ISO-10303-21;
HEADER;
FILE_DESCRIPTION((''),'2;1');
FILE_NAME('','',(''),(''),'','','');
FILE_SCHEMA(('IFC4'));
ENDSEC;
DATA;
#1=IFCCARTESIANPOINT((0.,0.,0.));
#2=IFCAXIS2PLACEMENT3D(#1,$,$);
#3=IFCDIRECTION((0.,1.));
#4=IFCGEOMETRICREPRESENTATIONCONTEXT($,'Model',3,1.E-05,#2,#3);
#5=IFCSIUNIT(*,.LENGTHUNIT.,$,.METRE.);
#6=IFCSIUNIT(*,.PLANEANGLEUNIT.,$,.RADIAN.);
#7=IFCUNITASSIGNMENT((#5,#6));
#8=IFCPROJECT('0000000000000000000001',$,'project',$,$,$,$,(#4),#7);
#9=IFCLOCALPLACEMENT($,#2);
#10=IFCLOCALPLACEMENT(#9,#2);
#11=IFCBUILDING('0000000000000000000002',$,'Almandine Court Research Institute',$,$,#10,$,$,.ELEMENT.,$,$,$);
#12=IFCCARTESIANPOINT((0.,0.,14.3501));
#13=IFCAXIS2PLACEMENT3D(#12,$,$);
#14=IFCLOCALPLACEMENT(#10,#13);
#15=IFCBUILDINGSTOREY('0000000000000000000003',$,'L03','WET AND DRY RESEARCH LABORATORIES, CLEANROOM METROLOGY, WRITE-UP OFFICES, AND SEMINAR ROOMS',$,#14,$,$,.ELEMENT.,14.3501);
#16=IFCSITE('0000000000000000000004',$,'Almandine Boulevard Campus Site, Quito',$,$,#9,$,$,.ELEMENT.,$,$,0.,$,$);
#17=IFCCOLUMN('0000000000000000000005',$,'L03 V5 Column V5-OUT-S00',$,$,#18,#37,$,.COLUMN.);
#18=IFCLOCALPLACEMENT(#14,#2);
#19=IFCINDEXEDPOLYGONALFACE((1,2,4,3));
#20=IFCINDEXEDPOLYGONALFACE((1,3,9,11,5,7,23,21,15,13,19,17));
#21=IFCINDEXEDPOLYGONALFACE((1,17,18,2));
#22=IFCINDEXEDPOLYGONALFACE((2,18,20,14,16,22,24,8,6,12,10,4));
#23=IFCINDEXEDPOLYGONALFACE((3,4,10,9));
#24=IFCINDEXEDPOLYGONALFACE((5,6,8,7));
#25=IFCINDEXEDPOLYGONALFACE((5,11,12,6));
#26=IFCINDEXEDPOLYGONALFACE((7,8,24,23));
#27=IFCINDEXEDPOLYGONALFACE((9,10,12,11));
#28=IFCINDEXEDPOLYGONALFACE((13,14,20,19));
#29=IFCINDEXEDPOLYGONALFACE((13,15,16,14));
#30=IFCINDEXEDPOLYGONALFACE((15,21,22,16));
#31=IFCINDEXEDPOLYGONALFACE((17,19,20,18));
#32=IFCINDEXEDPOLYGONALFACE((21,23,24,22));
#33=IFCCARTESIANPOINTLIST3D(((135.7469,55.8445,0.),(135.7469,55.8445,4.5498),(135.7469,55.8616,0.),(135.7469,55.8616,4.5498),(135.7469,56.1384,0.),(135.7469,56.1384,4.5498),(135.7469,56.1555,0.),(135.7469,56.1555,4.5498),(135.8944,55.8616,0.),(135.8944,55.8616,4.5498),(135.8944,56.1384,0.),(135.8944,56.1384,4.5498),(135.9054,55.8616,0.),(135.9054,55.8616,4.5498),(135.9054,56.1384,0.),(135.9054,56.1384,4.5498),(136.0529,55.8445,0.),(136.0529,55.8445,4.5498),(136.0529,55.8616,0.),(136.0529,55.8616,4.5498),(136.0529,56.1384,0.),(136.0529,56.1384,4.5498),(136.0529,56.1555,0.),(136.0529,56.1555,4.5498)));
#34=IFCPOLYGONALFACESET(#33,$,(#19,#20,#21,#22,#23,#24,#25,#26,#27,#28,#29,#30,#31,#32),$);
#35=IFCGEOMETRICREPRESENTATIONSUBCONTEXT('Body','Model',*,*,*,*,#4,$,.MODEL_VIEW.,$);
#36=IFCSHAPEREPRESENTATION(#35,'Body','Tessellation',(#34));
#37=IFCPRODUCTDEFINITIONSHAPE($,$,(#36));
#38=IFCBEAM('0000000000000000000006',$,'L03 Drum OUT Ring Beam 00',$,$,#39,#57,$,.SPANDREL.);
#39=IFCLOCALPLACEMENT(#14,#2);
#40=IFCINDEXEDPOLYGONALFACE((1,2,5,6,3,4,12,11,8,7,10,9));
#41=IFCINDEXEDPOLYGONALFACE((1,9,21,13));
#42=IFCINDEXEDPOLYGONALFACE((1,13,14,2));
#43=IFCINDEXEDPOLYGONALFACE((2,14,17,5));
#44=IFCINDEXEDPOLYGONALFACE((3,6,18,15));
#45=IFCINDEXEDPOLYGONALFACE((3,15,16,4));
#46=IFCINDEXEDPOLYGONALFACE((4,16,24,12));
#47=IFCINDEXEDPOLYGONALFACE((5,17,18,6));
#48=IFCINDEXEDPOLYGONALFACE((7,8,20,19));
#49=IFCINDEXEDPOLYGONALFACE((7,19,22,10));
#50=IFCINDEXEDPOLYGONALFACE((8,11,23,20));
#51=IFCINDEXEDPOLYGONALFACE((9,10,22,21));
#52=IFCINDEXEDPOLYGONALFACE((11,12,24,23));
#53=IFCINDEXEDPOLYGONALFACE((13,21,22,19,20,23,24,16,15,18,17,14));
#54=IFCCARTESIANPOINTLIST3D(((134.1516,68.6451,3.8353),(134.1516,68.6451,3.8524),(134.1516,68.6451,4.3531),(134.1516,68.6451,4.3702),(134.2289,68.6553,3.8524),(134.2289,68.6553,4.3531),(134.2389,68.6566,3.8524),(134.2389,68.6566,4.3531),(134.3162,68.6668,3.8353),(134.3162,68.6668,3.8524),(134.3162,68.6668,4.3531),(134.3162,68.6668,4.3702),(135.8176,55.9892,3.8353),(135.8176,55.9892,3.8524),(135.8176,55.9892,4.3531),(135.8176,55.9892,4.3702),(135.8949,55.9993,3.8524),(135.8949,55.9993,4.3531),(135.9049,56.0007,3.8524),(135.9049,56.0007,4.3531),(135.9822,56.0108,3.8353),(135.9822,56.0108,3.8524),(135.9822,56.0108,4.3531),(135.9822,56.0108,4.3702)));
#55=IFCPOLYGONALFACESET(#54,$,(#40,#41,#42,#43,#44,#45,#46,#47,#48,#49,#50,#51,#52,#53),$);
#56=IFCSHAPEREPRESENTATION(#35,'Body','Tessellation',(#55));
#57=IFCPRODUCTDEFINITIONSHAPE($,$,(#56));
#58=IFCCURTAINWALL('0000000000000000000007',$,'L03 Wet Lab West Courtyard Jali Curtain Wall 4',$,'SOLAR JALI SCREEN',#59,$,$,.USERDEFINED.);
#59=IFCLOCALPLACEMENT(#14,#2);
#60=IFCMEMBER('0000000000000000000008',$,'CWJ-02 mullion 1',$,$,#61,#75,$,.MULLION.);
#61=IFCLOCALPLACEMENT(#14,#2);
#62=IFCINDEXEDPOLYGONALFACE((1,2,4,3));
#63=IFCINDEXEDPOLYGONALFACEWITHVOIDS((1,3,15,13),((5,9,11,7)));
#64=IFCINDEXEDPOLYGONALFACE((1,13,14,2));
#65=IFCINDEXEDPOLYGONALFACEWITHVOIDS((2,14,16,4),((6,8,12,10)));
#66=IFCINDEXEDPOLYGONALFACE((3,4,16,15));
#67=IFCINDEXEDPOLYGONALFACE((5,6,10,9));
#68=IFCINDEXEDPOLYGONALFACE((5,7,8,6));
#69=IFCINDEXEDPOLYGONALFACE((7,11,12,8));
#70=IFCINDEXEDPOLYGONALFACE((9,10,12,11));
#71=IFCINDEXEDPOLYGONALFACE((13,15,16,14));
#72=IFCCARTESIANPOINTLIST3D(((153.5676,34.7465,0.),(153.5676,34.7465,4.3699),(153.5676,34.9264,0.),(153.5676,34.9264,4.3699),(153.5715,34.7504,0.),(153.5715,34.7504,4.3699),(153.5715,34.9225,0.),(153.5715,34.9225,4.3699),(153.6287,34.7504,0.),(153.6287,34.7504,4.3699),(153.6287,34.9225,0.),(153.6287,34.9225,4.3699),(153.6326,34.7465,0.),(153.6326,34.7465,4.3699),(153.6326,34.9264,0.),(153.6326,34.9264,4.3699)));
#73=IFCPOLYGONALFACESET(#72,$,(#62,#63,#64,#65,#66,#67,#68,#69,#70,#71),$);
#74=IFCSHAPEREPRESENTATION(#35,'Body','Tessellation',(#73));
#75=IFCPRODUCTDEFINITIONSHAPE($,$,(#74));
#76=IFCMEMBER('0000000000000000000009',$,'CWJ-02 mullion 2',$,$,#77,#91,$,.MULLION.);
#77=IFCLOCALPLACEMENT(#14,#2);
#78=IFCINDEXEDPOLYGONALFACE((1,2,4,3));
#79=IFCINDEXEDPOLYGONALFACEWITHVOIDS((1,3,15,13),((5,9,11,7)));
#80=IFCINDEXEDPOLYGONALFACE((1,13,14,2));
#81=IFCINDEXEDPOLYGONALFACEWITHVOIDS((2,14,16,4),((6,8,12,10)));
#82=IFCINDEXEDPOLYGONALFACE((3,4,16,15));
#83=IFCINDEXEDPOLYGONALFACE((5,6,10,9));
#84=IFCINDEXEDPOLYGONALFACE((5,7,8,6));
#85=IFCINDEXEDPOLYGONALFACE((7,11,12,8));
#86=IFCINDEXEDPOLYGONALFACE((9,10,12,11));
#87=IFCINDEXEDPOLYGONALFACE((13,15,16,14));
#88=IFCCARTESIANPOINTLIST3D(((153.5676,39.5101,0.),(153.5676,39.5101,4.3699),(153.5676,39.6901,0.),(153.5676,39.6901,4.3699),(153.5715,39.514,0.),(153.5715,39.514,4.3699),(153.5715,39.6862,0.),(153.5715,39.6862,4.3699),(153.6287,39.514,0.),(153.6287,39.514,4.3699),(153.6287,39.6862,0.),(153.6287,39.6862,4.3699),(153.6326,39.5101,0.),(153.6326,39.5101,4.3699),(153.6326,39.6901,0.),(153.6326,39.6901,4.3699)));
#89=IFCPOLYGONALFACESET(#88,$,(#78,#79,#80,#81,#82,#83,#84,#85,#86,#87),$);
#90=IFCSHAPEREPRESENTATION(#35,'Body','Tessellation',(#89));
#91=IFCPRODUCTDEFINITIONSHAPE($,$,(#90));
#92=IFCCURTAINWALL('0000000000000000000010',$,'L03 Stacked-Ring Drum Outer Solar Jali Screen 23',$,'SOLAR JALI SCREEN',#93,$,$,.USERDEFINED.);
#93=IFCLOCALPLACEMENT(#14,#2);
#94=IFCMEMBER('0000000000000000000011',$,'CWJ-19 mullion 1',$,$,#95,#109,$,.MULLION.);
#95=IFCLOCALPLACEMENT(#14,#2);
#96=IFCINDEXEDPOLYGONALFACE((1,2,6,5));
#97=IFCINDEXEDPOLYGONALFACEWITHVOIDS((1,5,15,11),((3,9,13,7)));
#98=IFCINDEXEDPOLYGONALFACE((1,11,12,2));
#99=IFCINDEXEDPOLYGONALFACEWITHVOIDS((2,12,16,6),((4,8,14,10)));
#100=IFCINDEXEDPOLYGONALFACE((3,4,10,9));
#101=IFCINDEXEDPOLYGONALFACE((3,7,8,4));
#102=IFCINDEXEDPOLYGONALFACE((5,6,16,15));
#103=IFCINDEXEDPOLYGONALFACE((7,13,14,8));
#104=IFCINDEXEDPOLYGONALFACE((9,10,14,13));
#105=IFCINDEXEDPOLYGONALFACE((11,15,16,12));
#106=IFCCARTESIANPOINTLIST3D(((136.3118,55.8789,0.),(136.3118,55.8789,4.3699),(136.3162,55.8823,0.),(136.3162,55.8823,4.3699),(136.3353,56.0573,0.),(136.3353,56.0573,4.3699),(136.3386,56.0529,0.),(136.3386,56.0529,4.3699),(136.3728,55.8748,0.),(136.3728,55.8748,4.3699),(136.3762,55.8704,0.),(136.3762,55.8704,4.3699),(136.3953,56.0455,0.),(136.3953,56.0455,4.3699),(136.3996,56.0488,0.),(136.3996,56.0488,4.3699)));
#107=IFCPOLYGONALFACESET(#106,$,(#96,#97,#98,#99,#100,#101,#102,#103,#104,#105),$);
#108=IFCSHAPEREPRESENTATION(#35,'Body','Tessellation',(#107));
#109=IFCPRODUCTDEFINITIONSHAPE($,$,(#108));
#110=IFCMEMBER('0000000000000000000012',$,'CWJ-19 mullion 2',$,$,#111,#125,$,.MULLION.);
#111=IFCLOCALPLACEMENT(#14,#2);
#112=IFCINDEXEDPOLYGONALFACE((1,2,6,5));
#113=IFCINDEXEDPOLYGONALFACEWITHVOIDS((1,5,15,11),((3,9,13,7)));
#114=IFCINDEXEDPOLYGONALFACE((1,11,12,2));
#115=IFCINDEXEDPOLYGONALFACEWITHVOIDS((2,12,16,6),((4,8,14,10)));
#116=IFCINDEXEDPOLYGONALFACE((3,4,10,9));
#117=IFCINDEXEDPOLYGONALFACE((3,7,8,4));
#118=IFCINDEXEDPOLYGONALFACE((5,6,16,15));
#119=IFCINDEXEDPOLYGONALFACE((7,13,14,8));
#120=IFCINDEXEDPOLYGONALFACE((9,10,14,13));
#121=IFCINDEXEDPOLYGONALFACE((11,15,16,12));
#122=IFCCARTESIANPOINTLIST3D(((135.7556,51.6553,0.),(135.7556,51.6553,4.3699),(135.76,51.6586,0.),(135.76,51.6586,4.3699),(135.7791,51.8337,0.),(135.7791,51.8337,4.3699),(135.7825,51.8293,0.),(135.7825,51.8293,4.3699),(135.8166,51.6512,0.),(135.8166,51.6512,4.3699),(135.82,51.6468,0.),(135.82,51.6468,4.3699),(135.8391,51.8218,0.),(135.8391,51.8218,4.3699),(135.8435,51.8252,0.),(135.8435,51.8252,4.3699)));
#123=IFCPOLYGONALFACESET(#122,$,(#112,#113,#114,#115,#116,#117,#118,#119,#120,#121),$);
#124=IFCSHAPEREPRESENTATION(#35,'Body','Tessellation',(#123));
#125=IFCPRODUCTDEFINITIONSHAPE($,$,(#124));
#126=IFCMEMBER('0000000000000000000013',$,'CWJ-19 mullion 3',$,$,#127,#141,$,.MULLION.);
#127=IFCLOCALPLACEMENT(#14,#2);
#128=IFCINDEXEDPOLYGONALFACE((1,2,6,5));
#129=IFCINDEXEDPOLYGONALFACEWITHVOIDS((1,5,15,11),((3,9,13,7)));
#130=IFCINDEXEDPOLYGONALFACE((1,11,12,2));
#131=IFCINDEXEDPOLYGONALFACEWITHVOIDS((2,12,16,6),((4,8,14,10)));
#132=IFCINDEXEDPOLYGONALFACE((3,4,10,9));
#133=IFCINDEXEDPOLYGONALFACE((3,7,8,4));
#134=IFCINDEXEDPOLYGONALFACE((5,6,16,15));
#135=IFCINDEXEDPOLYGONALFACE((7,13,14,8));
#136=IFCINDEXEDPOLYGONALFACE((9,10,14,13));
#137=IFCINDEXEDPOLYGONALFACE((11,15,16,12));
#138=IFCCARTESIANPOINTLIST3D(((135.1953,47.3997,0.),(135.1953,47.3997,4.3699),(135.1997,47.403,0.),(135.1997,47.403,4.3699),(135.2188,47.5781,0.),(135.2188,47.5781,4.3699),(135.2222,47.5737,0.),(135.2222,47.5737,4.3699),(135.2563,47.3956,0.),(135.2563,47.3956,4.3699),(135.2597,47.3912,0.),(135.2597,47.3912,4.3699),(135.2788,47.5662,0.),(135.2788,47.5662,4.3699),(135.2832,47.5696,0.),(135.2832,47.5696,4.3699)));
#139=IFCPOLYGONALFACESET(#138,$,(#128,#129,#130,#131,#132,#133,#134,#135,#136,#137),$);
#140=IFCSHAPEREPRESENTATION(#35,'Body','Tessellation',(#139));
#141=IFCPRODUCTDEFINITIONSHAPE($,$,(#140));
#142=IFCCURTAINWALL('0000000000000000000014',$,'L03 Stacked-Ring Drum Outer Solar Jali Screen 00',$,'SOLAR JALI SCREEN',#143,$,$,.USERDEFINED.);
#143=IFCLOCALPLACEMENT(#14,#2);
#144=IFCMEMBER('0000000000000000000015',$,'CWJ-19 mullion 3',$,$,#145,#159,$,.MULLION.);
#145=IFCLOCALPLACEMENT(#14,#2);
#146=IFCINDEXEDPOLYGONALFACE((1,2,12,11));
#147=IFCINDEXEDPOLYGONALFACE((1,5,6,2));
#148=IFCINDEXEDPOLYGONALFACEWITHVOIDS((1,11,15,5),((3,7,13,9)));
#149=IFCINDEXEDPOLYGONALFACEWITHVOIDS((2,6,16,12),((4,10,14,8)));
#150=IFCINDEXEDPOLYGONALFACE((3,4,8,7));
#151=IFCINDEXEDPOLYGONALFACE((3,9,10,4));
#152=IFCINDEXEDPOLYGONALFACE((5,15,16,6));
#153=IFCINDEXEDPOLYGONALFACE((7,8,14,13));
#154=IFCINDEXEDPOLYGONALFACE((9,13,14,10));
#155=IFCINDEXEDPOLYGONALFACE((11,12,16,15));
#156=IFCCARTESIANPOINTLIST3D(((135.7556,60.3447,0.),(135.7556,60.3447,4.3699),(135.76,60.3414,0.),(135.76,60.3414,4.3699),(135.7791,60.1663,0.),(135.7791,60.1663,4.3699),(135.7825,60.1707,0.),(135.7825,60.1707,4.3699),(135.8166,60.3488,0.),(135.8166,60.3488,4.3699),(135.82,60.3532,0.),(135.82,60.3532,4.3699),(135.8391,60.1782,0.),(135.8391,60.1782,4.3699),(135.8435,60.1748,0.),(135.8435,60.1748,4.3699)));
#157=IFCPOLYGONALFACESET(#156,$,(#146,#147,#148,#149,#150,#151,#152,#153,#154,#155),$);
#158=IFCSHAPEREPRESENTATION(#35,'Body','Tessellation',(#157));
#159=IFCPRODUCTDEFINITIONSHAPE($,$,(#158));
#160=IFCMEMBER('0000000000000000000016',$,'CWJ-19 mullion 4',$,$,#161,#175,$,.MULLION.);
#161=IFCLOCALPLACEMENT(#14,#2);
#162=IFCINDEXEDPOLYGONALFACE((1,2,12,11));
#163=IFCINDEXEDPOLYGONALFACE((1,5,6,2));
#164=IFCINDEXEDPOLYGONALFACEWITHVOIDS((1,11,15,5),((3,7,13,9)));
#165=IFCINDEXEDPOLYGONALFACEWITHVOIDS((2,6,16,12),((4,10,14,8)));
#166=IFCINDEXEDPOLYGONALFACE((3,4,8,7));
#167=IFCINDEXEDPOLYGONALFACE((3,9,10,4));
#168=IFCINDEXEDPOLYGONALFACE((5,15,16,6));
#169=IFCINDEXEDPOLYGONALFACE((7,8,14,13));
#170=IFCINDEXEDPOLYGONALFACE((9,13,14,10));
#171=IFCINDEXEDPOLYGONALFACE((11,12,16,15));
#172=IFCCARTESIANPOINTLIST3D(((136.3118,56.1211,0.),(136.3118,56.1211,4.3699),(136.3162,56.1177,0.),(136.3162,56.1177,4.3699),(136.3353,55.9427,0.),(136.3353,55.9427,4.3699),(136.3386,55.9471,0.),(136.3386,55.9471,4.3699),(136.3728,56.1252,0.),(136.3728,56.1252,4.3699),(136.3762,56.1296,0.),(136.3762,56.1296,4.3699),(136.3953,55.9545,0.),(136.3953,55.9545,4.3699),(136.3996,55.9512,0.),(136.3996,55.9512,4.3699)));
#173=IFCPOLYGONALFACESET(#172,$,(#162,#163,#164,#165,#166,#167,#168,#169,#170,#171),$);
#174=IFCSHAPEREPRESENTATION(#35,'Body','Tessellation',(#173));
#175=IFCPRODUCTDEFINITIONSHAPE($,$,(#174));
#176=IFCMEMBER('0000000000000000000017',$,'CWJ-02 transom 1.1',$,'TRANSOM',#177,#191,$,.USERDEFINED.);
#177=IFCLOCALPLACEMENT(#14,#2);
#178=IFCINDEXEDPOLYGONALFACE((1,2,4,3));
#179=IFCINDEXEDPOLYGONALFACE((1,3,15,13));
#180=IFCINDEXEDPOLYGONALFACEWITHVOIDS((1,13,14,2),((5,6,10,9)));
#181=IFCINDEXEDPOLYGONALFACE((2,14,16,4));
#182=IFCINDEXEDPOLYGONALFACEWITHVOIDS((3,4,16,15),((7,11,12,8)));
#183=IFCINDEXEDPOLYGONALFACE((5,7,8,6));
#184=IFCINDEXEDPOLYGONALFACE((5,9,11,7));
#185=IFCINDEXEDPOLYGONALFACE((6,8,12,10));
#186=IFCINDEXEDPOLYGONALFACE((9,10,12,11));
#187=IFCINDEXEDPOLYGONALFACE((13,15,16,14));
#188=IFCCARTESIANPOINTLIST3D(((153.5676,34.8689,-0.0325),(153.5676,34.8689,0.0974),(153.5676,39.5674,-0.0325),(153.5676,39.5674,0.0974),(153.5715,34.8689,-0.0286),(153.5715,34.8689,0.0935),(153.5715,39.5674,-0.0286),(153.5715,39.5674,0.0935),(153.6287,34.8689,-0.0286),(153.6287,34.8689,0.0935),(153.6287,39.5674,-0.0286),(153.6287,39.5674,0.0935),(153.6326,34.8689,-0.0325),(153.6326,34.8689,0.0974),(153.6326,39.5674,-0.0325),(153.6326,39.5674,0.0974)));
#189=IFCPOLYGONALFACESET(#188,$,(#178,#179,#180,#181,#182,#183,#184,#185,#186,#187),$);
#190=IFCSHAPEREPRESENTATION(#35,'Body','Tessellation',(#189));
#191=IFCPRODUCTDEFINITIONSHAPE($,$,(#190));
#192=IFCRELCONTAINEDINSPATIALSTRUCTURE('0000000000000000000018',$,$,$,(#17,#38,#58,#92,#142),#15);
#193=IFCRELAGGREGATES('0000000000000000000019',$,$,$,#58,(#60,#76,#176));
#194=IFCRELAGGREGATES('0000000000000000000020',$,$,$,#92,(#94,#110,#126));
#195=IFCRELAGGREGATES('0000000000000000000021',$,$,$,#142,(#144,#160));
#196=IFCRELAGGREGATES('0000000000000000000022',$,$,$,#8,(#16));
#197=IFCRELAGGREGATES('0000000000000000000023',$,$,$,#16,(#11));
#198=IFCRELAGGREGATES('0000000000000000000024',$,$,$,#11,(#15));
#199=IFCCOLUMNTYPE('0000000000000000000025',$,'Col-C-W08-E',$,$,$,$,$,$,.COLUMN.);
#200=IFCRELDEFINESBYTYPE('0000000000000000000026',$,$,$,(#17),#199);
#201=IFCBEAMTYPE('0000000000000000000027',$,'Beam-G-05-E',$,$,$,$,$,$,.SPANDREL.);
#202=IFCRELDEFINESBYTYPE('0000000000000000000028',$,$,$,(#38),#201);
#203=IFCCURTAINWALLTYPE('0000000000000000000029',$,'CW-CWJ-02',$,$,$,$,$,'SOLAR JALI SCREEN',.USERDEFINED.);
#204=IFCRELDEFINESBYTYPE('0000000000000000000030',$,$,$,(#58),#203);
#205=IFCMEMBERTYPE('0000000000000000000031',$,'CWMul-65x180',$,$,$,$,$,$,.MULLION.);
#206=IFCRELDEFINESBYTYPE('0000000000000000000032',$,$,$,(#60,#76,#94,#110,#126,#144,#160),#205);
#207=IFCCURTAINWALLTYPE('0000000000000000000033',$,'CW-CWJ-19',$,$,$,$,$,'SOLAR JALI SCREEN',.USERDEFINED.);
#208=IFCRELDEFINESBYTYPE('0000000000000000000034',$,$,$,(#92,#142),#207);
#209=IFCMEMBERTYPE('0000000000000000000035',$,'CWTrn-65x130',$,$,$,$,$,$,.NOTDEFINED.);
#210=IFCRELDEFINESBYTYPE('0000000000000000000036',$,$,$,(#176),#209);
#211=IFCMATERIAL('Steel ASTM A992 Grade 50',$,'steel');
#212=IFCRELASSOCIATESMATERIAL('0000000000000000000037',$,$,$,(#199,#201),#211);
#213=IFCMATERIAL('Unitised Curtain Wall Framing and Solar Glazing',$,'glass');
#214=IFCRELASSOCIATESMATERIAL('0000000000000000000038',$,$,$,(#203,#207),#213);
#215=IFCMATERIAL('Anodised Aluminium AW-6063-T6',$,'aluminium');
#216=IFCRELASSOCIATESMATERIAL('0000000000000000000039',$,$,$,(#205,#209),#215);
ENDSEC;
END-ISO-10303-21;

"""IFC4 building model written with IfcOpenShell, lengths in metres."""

from ifc_helpers import new_model, si_unit, direction, frame, origin, origin_2d, place, context, subcontext, project, spatial, hollow_rectangle, i_section, extrude, material, material_profile, profile_set, type_object, element, aggregate, save


model = new_model("IFC4")

# Units and contexts
model_context = context("Model", 3, precision=1e-05, world=origin(), true_north=direction((0.0, 1.0)))
body_context = subcontext(model_context, "Body", "Model", "MODEL_VIEW")
ifc_project = project(units=[si_unit("LENGTHUNIT", "METRE"), si_unit("PLANEANGLEUNIT", "RADIAN")], contexts=[model_context])

# Site, building, storey
site_placement = place(None, origin())
site = spatial("IfcSite", under=ifc_project, at=site_placement, Name="Almandine Boulevard Campus Site, Quito", CompositionType="ELEMENT", RefElevation=0.0)
building_placement = place(site_placement, origin())
building = spatial("IfcBuilding", under=site, at=building_placement, Name="Almandine Court Research Institute", CompositionType="ELEMENT")
storey_placement = place(building_placement, frame((0.0, 0.0, 14.3501)))
storey = spatial("IfcBuildingStorey", under=building, at=storey_placement, Name="L03", Description="WET AND DRY RESEARCH LABORATORIES, CLEANROOM METROLOGY, WRITE-UP OFFICES, AND SEMINAR ROOMS", CompositionType="ELEMENT", Elevation=14.3501)

# Column
ifc_material_1 = material(Name="Steel ASTM A992 Grade 50", Category="steel")
ifc_material_profile_1 = material_profile(ifc_material_1, i_section(OverallWidth=0.3059, OverallDepth=0.311, WebThickness=0.011, FlangeThickness=0.0171, at=origin_2d()), Name="W310x107")
ifc_profile_set_1 = profile_set([ifc_material_profile_1], Name="Steel ASTM A992 Grade 50")
column_type = type_object("IfcColumnType", Name="Col-C-W08-E", PredefinedType="COLUMN", material=ifc_profile_set_1)
column_placement = place(storey_placement, frame((135.8999, 56.0, 0.0), z_axis=(0.0, 0.0, 1.0), x_axis=(1.0, 0.0, 0.0)))
element("IfcColumn", 1, at=column_placement, inside=storey, type_object=column_type, Name="L03 V5 Column V5-OUT-S00", PredefinedType="COLUMN", context=body_context, shape_type="SweptSolid", body=[
    extrude(i_section(OverallWidth=0.3059, OverallDepth=0.311, WebThickness=0.011, FlangeThickness=0.0171, at=origin_2d()), origin(), (0.0, 0.0, 1.0), 4.5498),
])

# Beam
ifc_material_profile_2 = material_profile(ifc_material_1, i_section(OverallWidth=0.166, OverallDepth=0.5349, WebThickness=0.01, FlangeThickness=0.0171, at=origin_2d()), Name="W530x85")
ifc_profile_set_2 = profile_set([ifc_material_profile_2], Name="Steel ASTM A992 Grade 50")
beam_type = type_object("IfcBeamType", Name="Beam-G-05-E", PredefinedType="SPANDREL", material=ifc_profile_set_2)
beam_placement = place(storey_placement, frame((135.8999, 56.0, 4.1028), z_axis=(-0.130512, 0.991447, 0.0), x_axis=(-0.991447, -0.130512, 0.0)))
element("IfcBeam", 2, at=beam_placement, inside=storey, type_object=beam_type, Name="L03 Drum OUT Ring Beam 00", PredefinedType="SPANDREL", context=body_context, shape_type="SweptSolid", body=[
    extrude(i_section(OverallWidth=0.166, OverallDepth=0.5349, WebThickness=0.01, FlangeThickness=0.0171, at=origin_2d()), origin(), (0.0, 0.0, 1.0), 12.7651),
])

# Curtain walls, members
ifc_material_2 = material(Name="Unitised Curtain Wall Framing and Solar Glazing", Category="glass")
curtain_wall_type_1 = type_object("IfcCurtainWallType", Name="CW-CWJ-02", ElementType="SOLAR JALI SCREEN", PredefinedType="USERDEFINED", material=ifc_material_2)
curtain_wall_1_placement = place(storey_placement, origin())
curtain_wall_1 = element("IfcCurtainWall", 3, at=curtain_wall_1_placement, inside=storey, type_object=curtain_wall_type_1, Name="L03 Wet Lab West Courtyard Jali Curtain Wall 4", ObjectType="SOLAR JALI SCREEN", PredefinedType="USERDEFINED")
ifc_material_3 = material(Name="Anodised Aluminium AW-6063-T6", Category="aluminium")
ifc_material_profile_3 = material_profile(ifc_material_3, hollow_rectangle(XDim=0.0649, YDim=0.1799, WallThickness=0.0039, at=origin_2d()), Name="ALU RHS 65x180x4")
ifc_profile_set_3 = profile_set([ifc_material_profile_3], Name="Anodised Aluminium AW-6063-T6")
member_type_1 = type_object("IfcMemberType", Name="CWMul-65x180", PredefinedType="MULLION", material=ifc_profile_set_3)
member_1_placement = place(storey_placement, frame((153.6001, 34.8364, 0.0), z_axis=(0.0, 0.0, 1.0), x_axis=(-1.0, 0.0, 0.0)))
member_1 = element("IfcMember", 4, at=member_1_placement, type_object=member_type_1, Name="CWJ-02 mullion 1", PredefinedType="MULLION", context=body_context, shape_type="SweptSolid", body=[
    extrude(hollow_rectangle(XDim=0.0649, YDim=0.1799, WallThickness=0.0039, at=origin_2d()), origin(), (0.0, 0.0, 1.0), 4.3699),
])
member_2_placement = place(storey_placement, frame((153.6001, 39.6001, 0.0), z_axis=(0.0, 0.0, 1.0), x_axis=(-1.0, 0.0, 0.0)))
member_2 = element("IfcMember", 5, at=member_2_placement, type_object=member_type_1, Name="CWJ-02 mullion 2", PredefinedType="MULLION", context=body_context, shape_type="SweptSolid", body=[
    extrude(hollow_rectangle(XDim=0.0649, YDim=0.1799, WallThickness=0.0039, at=origin_2d()), origin(), (0.0, 0.0, 1.0), 4.3699),
])
curtain_wall_type_2 = type_object("IfcCurtainWallType", Name="CW-CWJ-19", ElementType="SOLAR JALI SCREEN", PredefinedType="USERDEFINED", material=ifc_material_2)
curtain_wall_2_placement = place(storey_placement, origin())
curtain_wall_2 = element("IfcCurtainWall", 6, at=curtain_wall_2_placement, inside=storey, type_object=curtain_wall_type_2, Name="L03 Stacked-Ring Drum Outer Solar Jali Screen 23", ObjectType="SOLAR JALI SCREEN", PredefinedType="USERDEFINED")
member_3_placement = place(storey_placement, frame((136.3557, 55.9639, 0.0), z_axis=(0.0, 0.0, 1.0), x_axis=(0.991443, -0.130541, 0.0)))
member_3 = element("IfcMember", 7, at=member_3_placement, type_object=member_type_1, Name="CWJ-19 mullion 1", PredefinedType="MULLION", context=body_context, shape_type="SweptSolid", body=[
    extrude(hollow_rectangle(XDim=0.0649, YDim=0.1799, WallThickness=0.0039, at=origin_2d()), origin(), (0.0, 0.0, 1.0), 4.3699),
])
member_4_placement = place(storey_placement, frame((135.7996, 51.7402, 0.0), z_axis=(0.0, 0.0, 1.0), x_axis=(0.991443, -0.130541, 0.0)))
member_4 = element("IfcMember", 8, at=member_4_placement, type_object=member_type_1, Name="CWJ-19 mullion 2", PredefinedType="MULLION", context=body_context, shape_type="SweptSolid", body=[
    extrude(hollow_rectangle(XDim=0.0649, YDim=0.1799, WallThickness=0.0039, at=origin_2d()), origin(), (0.0, 0.0, 1.0), 4.3699),
])
member_5_placement = place(storey_placement, frame((135.2393, 47.4846, 0.0), z_axis=(0.0, 0.0, 1.0), x_axis=(0.991443, -0.130541, 0.0)))
member_5 = element("IfcMember", 9, at=member_5_placement, type_object=member_type_1, Name="CWJ-19 mullion 3", PredefinedType="MULLION", context=body_context, shape_type="SweptSolid", body=[
    extrude(hollow_rectangle(XDim=0.0649, YDim=0.1799, WallThickness=0.0039, at=origin_2d()), origin(), (0.0, 0.0, 1.0), 4.3699),
])
curtain_wall_3_placement = place(storey_placement, origin())
curtain_wall_3 = element("IfcCurtainWall", 10, at=curtain_wall_3_placement, inside=storey, type_object=curtain_wall_type_2, Name="L03 Stacked-Ring Drum Outer Solar Jali Screen 00", ObjectType="SOLAR JALI SCREEN", PredefinedType="USERDEFINED")
member_6_placement = place(storey_placement, frame((135.7996, 60.2598, 0.0), z_axis=(0.0, 0.0, 1.0), x_axis=(0.991443, 0.130541, 0.0)))
member_6 = element("IfcMember", 11, at=member_6_placement, type_object=member_type_1, Name="CWJ-19 mullion 3", PredefinedType="MULLION", context=body_context, shape_type="SweptSolid", body=[
    extrude(hollow_rectangle(XDim=0.0649, YDim=0.1799, WallThickness=0.0039, at=origin_2d()), origin(), (0.0, 0.0, 1.0), 4.3699),
])
member_7_placement = place(storey_placement, frame((136.3557, 56.0361, 0.0), z_axis=(0.0, 0.0, 1.0), x_axis=(0.991443, 0.130541, 0.0)))
member_7 = element("IfcMember", 12, at=member_7_placement, type_object=member_type_1, Name="CWJ-19 mullion 4", PredefinedType="MULLION", context=body_context, shape_type="SweptSolid", body=[
    extrude(hollow_rectangle(XDim=0.0649, YDim=0.1799, WallThickness=0.0039, at=origin_2d()), origin(), (0.0, 0.0, 1.0), 4.3699),
])

# Member
ifc_material_profile_4 = material_profile(ifc_material_3, hollow_rectangle(XDim=0.0649, YDim=0.1299, WallThickness=0.0039, at=origin_2d()), Name="ALU RHS 65x130x4")
ifc_profile_set_4 = profile_set([ifc_material_profile_4], Name="Anodised Aluminium AW-6063-T6")
member_type_2 = type_object("IfcMemberType", Name="CWTrn-65x130", PredefinedType="NOTDEFINED", material=ifc_profile_set_4)
member_8_placement = place(storey_placement, frame((153.6001, 34.8689, 0.0325), z_axis=(0.0, 1.0, 0.0), x_axis=(-1.0, 0.0, 0.0)))
member_8 = element("IfcMember", 13, at=member_8_placement, type_object=member_type_2, Name="CWJ-02 transom 1.1", ObjectType="TRANSOM", PredefinedType="USERDEFINED", context=body_context, shape_type="SweptSolid", body=[
    extrude(hollow_rectangle(XDim=0.0649, YDim=0.1299, WallThickness=0.0039, at=origin_2d()), origin(), (0.0, 0.0, 1.0), 4.6985),
])

aggregate(curtain_wall_1, [member_1, member_2, member_8])
aggregate(curtain_wall_2, [member_3, member_4, member_5])
aggregate(curtain_wall_3, [member_6, member_7])

save(model, "model.ifc")
